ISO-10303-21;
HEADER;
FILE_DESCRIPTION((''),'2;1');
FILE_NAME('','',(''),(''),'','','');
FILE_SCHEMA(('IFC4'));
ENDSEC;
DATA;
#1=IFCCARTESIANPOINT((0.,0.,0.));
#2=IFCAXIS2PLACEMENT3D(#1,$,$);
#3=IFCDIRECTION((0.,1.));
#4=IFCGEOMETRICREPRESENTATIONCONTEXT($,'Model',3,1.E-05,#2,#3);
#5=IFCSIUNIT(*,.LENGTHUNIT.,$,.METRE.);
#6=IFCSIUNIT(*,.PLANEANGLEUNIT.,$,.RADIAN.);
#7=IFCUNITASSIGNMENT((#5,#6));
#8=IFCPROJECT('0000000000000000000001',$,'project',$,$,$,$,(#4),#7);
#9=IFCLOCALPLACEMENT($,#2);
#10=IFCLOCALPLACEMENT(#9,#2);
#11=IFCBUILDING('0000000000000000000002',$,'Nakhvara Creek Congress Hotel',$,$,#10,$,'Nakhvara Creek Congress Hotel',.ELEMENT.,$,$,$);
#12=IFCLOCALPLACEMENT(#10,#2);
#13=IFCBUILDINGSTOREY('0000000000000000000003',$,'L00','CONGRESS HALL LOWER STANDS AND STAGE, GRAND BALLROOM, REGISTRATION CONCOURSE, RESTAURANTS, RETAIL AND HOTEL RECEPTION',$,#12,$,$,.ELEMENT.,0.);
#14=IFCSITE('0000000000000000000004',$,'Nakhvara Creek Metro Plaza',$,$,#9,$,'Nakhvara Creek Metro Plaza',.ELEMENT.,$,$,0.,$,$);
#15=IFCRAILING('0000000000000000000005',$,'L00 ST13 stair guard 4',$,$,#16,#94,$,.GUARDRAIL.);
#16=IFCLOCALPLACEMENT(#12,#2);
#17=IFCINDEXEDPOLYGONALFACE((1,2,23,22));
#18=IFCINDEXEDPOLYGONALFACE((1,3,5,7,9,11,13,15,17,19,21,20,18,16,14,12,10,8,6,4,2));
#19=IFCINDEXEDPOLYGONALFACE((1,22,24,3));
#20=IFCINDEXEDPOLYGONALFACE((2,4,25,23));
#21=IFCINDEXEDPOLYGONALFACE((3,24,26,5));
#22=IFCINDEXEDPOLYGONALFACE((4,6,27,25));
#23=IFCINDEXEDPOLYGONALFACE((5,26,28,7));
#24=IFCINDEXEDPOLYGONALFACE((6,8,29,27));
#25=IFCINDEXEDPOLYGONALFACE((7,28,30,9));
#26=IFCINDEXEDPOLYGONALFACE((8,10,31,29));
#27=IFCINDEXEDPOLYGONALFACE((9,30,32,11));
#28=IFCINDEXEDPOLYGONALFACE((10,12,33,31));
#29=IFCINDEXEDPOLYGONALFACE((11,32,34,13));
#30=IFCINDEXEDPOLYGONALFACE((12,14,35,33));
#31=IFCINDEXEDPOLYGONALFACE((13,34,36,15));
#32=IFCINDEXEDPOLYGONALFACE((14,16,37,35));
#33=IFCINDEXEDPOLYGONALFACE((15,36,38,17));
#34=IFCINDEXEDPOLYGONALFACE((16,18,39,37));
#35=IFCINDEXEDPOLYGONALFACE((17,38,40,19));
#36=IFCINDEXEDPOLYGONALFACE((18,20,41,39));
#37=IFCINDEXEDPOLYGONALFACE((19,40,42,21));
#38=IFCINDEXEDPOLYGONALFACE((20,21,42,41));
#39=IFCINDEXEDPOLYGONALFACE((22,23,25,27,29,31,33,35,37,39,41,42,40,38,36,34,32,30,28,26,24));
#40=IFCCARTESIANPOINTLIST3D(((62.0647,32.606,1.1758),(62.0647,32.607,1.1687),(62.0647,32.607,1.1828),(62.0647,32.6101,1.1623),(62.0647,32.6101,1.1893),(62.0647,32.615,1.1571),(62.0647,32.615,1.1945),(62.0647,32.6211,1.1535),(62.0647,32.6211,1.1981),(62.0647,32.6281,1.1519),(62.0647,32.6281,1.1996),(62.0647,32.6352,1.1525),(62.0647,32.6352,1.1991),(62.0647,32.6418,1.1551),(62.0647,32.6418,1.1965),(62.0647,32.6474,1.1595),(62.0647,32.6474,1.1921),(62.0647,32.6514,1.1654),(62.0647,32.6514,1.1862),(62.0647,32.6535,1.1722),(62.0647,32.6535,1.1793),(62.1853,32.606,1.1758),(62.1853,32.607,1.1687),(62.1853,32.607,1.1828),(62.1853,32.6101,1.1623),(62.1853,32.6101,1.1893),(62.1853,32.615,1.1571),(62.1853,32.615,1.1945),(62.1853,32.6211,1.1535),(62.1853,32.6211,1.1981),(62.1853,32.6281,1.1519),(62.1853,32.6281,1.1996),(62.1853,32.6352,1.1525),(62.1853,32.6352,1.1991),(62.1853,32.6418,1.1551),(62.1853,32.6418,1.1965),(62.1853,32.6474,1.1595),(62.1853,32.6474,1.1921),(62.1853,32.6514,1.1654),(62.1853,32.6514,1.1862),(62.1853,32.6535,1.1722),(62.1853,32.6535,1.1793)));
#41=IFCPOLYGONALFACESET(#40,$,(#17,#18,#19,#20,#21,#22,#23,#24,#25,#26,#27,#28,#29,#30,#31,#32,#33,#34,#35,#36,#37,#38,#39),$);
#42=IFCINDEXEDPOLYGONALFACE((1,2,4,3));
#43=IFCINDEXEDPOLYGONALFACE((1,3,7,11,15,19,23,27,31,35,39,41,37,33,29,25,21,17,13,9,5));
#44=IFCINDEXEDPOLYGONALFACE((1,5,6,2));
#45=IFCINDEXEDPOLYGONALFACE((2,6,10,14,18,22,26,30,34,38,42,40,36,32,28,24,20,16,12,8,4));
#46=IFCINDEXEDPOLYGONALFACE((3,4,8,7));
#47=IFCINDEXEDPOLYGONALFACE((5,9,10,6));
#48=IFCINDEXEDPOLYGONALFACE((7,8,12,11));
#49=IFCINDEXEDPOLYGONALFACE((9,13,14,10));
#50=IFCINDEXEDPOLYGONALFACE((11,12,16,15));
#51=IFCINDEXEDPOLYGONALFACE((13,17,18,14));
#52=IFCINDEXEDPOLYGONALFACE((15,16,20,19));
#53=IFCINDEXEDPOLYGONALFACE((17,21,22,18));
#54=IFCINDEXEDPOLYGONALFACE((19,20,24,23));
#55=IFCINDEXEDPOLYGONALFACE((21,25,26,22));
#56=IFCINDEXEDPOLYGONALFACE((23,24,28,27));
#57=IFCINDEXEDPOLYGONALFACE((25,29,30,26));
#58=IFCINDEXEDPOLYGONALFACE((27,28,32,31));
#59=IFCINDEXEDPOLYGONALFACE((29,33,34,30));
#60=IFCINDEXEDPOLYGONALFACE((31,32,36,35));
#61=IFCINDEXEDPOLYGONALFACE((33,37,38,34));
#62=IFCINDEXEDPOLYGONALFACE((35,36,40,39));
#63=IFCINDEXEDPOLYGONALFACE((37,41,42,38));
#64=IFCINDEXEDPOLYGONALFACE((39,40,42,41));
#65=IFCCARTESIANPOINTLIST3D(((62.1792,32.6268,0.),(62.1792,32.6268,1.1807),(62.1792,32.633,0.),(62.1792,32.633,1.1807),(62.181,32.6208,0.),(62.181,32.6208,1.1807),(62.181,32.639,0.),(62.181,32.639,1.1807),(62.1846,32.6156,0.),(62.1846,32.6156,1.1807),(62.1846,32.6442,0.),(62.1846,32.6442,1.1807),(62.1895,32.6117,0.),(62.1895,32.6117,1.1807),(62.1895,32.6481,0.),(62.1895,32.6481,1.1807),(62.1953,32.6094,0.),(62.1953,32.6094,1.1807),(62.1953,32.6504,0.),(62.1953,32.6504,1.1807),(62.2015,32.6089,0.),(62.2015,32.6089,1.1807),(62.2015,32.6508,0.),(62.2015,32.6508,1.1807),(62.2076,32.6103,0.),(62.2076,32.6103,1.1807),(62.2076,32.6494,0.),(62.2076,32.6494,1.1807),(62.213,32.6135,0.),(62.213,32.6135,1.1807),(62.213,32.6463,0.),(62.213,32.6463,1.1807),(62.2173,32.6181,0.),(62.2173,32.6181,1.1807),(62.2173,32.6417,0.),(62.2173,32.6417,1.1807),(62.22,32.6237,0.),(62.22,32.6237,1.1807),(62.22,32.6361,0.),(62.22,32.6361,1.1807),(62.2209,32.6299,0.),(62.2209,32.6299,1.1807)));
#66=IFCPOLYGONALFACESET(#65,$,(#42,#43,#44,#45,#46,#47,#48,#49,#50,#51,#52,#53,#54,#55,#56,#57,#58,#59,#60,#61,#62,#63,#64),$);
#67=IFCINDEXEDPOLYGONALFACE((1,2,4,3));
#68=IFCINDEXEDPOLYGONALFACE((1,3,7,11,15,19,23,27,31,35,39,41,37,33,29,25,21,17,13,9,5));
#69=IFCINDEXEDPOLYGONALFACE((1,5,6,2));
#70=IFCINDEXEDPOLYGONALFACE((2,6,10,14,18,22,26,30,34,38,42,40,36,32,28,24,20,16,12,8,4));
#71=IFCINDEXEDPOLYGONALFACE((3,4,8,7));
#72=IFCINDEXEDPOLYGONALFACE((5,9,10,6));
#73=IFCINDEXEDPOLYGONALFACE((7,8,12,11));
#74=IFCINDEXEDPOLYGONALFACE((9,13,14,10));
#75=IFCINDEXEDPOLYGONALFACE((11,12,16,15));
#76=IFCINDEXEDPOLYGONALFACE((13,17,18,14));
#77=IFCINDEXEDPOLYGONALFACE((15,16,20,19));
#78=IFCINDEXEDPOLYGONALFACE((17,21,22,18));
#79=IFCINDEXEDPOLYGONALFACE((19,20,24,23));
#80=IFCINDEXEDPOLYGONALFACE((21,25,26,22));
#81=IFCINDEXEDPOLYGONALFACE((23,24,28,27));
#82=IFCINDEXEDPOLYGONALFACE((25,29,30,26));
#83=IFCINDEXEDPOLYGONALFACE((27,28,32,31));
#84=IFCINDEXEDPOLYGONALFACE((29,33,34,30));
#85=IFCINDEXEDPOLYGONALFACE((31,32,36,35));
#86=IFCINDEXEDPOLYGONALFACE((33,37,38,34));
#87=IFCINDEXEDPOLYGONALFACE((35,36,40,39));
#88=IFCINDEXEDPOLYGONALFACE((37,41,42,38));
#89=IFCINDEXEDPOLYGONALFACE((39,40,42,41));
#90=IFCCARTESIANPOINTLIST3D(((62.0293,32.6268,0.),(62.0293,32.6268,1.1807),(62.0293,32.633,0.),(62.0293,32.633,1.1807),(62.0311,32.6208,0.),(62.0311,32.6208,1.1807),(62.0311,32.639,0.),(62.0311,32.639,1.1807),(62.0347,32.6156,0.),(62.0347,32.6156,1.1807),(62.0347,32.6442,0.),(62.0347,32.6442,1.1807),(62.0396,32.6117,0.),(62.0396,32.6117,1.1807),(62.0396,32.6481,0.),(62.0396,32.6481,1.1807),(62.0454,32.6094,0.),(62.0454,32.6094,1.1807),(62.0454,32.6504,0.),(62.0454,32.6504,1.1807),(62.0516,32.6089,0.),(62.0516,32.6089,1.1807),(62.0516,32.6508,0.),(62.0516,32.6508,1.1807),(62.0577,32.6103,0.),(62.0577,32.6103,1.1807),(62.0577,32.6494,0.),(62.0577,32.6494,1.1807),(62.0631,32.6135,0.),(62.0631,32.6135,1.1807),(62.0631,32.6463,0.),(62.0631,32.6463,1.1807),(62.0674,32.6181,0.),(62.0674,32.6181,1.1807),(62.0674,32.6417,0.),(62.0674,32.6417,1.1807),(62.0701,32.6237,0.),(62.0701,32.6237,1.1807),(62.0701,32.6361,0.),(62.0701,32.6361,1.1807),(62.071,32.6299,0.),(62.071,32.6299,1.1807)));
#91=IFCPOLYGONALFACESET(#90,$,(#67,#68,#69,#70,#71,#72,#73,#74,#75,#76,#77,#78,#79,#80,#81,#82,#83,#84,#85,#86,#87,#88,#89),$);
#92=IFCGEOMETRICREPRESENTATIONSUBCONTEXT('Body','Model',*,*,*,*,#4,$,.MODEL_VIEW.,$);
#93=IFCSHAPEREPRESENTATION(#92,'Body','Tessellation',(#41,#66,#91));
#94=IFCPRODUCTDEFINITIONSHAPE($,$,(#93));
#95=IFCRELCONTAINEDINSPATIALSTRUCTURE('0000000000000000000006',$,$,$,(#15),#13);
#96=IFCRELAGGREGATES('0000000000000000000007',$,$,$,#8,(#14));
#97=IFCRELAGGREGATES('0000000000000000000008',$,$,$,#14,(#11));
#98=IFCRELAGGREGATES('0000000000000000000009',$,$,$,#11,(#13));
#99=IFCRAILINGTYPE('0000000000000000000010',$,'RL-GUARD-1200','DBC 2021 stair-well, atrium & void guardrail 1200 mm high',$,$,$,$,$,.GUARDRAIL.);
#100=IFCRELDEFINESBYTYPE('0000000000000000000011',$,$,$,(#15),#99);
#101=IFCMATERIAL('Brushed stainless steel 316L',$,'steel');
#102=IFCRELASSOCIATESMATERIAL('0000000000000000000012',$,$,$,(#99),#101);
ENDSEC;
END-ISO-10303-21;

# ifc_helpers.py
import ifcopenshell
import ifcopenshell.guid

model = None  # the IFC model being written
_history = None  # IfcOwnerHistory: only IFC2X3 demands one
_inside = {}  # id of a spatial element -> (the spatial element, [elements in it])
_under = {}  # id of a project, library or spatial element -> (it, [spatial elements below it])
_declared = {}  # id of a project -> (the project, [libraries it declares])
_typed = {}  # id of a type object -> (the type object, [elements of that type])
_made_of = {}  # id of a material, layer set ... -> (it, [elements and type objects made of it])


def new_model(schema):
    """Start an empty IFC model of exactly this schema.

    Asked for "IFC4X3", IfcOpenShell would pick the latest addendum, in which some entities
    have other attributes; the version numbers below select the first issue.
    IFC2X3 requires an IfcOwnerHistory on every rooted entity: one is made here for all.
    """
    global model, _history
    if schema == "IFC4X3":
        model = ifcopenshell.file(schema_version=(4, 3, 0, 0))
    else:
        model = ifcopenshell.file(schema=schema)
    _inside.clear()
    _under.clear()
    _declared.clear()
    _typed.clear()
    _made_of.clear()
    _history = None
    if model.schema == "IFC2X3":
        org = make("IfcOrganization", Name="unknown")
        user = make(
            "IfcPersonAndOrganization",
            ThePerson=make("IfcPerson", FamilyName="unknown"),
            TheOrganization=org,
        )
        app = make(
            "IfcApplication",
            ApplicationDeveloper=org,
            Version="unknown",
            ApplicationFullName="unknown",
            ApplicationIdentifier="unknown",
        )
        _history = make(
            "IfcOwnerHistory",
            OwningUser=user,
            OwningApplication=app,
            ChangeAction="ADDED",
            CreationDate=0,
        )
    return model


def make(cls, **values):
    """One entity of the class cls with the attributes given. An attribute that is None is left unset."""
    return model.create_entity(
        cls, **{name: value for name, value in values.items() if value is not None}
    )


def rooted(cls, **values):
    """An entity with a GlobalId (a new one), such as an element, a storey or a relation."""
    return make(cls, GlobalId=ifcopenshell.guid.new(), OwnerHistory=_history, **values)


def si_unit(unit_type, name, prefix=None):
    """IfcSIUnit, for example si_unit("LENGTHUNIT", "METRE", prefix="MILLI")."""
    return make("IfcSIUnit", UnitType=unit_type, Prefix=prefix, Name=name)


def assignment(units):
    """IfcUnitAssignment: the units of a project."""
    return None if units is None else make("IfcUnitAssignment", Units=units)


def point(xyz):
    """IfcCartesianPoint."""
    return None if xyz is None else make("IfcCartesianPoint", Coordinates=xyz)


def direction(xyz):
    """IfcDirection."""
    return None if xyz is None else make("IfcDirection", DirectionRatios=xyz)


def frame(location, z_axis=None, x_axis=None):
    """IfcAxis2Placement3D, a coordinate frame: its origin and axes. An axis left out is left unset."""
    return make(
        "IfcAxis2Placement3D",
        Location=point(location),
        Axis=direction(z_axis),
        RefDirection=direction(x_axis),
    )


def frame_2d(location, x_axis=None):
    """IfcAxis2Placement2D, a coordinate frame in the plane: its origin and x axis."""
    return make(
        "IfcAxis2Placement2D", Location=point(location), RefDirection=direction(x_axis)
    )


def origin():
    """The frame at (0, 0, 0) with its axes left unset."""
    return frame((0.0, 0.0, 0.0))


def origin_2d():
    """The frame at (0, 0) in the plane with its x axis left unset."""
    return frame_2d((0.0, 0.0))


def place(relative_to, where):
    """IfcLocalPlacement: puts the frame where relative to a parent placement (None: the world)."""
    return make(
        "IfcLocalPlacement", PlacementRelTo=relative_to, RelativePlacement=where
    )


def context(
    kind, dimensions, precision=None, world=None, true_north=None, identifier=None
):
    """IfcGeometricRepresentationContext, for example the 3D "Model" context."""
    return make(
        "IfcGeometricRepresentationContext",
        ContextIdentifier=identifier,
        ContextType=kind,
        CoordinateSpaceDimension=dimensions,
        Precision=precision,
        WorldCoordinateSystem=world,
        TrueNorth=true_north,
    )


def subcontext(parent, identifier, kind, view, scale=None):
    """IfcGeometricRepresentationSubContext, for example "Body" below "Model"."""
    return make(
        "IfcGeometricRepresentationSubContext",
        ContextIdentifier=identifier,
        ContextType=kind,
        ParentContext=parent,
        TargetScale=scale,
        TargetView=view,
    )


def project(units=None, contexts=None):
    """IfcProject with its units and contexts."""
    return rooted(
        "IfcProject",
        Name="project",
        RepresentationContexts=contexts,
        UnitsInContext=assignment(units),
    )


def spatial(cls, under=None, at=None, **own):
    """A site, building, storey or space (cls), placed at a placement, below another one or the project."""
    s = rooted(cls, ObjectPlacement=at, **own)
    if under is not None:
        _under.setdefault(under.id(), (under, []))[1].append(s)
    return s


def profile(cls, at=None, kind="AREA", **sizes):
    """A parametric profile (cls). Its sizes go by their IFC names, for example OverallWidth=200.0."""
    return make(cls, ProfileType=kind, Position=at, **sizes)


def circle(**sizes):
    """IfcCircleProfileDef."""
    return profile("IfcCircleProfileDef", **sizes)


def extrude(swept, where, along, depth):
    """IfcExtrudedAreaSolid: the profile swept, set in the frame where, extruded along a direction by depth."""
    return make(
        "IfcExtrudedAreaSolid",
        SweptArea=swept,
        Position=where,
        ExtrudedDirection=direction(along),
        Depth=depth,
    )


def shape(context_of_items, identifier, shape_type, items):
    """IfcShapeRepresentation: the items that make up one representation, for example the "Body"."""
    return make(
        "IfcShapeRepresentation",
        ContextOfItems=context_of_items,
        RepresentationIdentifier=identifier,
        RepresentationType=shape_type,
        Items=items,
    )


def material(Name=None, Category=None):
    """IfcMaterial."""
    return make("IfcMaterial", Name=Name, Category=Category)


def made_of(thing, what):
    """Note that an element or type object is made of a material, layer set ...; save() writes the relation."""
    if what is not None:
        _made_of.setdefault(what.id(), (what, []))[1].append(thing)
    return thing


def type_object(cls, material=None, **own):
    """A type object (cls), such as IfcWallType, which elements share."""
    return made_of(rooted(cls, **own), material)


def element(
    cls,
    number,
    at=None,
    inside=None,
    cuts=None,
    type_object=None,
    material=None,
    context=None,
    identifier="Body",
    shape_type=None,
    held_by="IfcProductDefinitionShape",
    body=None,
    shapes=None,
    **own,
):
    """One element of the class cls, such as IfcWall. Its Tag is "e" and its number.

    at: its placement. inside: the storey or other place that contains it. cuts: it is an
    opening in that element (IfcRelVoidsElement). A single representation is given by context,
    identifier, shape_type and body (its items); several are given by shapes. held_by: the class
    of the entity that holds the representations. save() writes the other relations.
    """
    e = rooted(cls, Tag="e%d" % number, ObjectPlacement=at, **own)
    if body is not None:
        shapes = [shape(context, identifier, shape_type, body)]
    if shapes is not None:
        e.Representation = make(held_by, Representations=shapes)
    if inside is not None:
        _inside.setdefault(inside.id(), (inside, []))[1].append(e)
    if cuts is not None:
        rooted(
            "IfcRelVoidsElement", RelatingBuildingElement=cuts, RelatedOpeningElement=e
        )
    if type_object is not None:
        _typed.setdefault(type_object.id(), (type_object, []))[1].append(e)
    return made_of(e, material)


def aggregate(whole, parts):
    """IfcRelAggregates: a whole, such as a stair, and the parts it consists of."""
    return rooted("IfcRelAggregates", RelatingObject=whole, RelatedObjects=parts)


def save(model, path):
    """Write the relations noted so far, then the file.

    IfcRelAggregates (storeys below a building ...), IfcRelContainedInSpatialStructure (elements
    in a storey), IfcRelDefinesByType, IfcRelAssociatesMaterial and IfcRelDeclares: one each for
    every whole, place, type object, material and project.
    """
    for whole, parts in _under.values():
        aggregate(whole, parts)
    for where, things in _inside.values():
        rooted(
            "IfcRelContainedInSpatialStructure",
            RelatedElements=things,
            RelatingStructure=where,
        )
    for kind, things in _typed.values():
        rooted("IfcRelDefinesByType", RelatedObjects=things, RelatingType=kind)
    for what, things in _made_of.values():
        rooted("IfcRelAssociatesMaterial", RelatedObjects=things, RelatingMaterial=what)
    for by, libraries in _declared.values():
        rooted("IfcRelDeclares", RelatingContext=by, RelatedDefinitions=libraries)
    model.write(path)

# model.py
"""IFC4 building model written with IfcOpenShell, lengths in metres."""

from ifc_helpers import new_model, si_unit, direction, frame, origin, origin_2d, place, context, subcontext, project, spatial, circle, extrude, material, type_object, element, save


model = new_model("IFC4")

# Units and contexts
model_context = context("Model", 3, precision=1e-05, world=origin(), true_north=direction((0.0, 1.0)))
body_context = subcontext(model_context, "Body", "Model", "MODEL_VIEW")
ifc_project = project(units=[si_unit("LENGTHUNIT", "METRE"), si_unit("PLANEANGLEUNIT", "RADIAN")], contexts=[model_context])

# Site, building, storey
site_placement = place(None, origin())
site = spatial("IfcSite", under=ifc_project, at=site_placement, Name="Nakhvara Creek Metro Plaza", LongName="Nakhvara Creek Metro Plaza", CompositionType="ELEMENT", RefElevation=0.0)
building_placement = place(site_placement, origin())
building = spatial("IfcBuilding", under=site, at=building_placement, Name="Nakhvara Creek Congress Hotel", LongName="Nakhvara Creek Congress Hotel", CompositionType="ELEMENT")
storey_placement = place(building_placement, origin())
storey = spatial("IfcBuildingStorey", under=building, at=storey_placement, Name="L00", Description="CONGRESS HALL LOWER STANDS AND STAGE, GRAND BALLROOM, REGISTRATION CONCOURSE, RESTAURANTS, RETAIL AND HOTEL RECEPTION", CompositionType="ELEMENT", Elevation=0.0)

# Railing
ifc_material_1 = material(Name="Brushed stainless steel 316L", Category="steel")
railing_type = type_object("IfcRailingType", Name="RL-GUARD-1200", Description="DBC 2021 stair-well, atrium & void guardrail 1200 mm high", PredefinedType="GUARDRAIL", material=ifc_material_1)
railing_1_placement = place(storey_placement, frame((62.2, 32.6299, 0.0)))
element("IfcRailing", 1, at=railing_1_placement, inside=storey, type_object=railing_type, Name="L00 ST13 stair guard 4", PredefinedType="GUARDRAIL", context=body_context, shape_type="SweptSolid", body=[
    extrude(circle(Radius=0.0239, at=origin_2d()), frame((-0.0146, 0.0, 1.1758), z_axis=(-1.0, 0.0, 0.0), x_axis=(0.0, -1.0, 0.0)), (0.0, 0.0, 1.0), 0.1206),
    extrude(circle(Radius=0.021, at=origin_2d()), origin(), (0.0, 0.0, 1.0), 1.1807),
    extrude(circle(Radius=0.021, at=origin_2d()), frame((-0.1499, 0.0, 0.0)), (0.0, 0.0, 1.0), 1.1807),
])

save(model, "model.ifc")
